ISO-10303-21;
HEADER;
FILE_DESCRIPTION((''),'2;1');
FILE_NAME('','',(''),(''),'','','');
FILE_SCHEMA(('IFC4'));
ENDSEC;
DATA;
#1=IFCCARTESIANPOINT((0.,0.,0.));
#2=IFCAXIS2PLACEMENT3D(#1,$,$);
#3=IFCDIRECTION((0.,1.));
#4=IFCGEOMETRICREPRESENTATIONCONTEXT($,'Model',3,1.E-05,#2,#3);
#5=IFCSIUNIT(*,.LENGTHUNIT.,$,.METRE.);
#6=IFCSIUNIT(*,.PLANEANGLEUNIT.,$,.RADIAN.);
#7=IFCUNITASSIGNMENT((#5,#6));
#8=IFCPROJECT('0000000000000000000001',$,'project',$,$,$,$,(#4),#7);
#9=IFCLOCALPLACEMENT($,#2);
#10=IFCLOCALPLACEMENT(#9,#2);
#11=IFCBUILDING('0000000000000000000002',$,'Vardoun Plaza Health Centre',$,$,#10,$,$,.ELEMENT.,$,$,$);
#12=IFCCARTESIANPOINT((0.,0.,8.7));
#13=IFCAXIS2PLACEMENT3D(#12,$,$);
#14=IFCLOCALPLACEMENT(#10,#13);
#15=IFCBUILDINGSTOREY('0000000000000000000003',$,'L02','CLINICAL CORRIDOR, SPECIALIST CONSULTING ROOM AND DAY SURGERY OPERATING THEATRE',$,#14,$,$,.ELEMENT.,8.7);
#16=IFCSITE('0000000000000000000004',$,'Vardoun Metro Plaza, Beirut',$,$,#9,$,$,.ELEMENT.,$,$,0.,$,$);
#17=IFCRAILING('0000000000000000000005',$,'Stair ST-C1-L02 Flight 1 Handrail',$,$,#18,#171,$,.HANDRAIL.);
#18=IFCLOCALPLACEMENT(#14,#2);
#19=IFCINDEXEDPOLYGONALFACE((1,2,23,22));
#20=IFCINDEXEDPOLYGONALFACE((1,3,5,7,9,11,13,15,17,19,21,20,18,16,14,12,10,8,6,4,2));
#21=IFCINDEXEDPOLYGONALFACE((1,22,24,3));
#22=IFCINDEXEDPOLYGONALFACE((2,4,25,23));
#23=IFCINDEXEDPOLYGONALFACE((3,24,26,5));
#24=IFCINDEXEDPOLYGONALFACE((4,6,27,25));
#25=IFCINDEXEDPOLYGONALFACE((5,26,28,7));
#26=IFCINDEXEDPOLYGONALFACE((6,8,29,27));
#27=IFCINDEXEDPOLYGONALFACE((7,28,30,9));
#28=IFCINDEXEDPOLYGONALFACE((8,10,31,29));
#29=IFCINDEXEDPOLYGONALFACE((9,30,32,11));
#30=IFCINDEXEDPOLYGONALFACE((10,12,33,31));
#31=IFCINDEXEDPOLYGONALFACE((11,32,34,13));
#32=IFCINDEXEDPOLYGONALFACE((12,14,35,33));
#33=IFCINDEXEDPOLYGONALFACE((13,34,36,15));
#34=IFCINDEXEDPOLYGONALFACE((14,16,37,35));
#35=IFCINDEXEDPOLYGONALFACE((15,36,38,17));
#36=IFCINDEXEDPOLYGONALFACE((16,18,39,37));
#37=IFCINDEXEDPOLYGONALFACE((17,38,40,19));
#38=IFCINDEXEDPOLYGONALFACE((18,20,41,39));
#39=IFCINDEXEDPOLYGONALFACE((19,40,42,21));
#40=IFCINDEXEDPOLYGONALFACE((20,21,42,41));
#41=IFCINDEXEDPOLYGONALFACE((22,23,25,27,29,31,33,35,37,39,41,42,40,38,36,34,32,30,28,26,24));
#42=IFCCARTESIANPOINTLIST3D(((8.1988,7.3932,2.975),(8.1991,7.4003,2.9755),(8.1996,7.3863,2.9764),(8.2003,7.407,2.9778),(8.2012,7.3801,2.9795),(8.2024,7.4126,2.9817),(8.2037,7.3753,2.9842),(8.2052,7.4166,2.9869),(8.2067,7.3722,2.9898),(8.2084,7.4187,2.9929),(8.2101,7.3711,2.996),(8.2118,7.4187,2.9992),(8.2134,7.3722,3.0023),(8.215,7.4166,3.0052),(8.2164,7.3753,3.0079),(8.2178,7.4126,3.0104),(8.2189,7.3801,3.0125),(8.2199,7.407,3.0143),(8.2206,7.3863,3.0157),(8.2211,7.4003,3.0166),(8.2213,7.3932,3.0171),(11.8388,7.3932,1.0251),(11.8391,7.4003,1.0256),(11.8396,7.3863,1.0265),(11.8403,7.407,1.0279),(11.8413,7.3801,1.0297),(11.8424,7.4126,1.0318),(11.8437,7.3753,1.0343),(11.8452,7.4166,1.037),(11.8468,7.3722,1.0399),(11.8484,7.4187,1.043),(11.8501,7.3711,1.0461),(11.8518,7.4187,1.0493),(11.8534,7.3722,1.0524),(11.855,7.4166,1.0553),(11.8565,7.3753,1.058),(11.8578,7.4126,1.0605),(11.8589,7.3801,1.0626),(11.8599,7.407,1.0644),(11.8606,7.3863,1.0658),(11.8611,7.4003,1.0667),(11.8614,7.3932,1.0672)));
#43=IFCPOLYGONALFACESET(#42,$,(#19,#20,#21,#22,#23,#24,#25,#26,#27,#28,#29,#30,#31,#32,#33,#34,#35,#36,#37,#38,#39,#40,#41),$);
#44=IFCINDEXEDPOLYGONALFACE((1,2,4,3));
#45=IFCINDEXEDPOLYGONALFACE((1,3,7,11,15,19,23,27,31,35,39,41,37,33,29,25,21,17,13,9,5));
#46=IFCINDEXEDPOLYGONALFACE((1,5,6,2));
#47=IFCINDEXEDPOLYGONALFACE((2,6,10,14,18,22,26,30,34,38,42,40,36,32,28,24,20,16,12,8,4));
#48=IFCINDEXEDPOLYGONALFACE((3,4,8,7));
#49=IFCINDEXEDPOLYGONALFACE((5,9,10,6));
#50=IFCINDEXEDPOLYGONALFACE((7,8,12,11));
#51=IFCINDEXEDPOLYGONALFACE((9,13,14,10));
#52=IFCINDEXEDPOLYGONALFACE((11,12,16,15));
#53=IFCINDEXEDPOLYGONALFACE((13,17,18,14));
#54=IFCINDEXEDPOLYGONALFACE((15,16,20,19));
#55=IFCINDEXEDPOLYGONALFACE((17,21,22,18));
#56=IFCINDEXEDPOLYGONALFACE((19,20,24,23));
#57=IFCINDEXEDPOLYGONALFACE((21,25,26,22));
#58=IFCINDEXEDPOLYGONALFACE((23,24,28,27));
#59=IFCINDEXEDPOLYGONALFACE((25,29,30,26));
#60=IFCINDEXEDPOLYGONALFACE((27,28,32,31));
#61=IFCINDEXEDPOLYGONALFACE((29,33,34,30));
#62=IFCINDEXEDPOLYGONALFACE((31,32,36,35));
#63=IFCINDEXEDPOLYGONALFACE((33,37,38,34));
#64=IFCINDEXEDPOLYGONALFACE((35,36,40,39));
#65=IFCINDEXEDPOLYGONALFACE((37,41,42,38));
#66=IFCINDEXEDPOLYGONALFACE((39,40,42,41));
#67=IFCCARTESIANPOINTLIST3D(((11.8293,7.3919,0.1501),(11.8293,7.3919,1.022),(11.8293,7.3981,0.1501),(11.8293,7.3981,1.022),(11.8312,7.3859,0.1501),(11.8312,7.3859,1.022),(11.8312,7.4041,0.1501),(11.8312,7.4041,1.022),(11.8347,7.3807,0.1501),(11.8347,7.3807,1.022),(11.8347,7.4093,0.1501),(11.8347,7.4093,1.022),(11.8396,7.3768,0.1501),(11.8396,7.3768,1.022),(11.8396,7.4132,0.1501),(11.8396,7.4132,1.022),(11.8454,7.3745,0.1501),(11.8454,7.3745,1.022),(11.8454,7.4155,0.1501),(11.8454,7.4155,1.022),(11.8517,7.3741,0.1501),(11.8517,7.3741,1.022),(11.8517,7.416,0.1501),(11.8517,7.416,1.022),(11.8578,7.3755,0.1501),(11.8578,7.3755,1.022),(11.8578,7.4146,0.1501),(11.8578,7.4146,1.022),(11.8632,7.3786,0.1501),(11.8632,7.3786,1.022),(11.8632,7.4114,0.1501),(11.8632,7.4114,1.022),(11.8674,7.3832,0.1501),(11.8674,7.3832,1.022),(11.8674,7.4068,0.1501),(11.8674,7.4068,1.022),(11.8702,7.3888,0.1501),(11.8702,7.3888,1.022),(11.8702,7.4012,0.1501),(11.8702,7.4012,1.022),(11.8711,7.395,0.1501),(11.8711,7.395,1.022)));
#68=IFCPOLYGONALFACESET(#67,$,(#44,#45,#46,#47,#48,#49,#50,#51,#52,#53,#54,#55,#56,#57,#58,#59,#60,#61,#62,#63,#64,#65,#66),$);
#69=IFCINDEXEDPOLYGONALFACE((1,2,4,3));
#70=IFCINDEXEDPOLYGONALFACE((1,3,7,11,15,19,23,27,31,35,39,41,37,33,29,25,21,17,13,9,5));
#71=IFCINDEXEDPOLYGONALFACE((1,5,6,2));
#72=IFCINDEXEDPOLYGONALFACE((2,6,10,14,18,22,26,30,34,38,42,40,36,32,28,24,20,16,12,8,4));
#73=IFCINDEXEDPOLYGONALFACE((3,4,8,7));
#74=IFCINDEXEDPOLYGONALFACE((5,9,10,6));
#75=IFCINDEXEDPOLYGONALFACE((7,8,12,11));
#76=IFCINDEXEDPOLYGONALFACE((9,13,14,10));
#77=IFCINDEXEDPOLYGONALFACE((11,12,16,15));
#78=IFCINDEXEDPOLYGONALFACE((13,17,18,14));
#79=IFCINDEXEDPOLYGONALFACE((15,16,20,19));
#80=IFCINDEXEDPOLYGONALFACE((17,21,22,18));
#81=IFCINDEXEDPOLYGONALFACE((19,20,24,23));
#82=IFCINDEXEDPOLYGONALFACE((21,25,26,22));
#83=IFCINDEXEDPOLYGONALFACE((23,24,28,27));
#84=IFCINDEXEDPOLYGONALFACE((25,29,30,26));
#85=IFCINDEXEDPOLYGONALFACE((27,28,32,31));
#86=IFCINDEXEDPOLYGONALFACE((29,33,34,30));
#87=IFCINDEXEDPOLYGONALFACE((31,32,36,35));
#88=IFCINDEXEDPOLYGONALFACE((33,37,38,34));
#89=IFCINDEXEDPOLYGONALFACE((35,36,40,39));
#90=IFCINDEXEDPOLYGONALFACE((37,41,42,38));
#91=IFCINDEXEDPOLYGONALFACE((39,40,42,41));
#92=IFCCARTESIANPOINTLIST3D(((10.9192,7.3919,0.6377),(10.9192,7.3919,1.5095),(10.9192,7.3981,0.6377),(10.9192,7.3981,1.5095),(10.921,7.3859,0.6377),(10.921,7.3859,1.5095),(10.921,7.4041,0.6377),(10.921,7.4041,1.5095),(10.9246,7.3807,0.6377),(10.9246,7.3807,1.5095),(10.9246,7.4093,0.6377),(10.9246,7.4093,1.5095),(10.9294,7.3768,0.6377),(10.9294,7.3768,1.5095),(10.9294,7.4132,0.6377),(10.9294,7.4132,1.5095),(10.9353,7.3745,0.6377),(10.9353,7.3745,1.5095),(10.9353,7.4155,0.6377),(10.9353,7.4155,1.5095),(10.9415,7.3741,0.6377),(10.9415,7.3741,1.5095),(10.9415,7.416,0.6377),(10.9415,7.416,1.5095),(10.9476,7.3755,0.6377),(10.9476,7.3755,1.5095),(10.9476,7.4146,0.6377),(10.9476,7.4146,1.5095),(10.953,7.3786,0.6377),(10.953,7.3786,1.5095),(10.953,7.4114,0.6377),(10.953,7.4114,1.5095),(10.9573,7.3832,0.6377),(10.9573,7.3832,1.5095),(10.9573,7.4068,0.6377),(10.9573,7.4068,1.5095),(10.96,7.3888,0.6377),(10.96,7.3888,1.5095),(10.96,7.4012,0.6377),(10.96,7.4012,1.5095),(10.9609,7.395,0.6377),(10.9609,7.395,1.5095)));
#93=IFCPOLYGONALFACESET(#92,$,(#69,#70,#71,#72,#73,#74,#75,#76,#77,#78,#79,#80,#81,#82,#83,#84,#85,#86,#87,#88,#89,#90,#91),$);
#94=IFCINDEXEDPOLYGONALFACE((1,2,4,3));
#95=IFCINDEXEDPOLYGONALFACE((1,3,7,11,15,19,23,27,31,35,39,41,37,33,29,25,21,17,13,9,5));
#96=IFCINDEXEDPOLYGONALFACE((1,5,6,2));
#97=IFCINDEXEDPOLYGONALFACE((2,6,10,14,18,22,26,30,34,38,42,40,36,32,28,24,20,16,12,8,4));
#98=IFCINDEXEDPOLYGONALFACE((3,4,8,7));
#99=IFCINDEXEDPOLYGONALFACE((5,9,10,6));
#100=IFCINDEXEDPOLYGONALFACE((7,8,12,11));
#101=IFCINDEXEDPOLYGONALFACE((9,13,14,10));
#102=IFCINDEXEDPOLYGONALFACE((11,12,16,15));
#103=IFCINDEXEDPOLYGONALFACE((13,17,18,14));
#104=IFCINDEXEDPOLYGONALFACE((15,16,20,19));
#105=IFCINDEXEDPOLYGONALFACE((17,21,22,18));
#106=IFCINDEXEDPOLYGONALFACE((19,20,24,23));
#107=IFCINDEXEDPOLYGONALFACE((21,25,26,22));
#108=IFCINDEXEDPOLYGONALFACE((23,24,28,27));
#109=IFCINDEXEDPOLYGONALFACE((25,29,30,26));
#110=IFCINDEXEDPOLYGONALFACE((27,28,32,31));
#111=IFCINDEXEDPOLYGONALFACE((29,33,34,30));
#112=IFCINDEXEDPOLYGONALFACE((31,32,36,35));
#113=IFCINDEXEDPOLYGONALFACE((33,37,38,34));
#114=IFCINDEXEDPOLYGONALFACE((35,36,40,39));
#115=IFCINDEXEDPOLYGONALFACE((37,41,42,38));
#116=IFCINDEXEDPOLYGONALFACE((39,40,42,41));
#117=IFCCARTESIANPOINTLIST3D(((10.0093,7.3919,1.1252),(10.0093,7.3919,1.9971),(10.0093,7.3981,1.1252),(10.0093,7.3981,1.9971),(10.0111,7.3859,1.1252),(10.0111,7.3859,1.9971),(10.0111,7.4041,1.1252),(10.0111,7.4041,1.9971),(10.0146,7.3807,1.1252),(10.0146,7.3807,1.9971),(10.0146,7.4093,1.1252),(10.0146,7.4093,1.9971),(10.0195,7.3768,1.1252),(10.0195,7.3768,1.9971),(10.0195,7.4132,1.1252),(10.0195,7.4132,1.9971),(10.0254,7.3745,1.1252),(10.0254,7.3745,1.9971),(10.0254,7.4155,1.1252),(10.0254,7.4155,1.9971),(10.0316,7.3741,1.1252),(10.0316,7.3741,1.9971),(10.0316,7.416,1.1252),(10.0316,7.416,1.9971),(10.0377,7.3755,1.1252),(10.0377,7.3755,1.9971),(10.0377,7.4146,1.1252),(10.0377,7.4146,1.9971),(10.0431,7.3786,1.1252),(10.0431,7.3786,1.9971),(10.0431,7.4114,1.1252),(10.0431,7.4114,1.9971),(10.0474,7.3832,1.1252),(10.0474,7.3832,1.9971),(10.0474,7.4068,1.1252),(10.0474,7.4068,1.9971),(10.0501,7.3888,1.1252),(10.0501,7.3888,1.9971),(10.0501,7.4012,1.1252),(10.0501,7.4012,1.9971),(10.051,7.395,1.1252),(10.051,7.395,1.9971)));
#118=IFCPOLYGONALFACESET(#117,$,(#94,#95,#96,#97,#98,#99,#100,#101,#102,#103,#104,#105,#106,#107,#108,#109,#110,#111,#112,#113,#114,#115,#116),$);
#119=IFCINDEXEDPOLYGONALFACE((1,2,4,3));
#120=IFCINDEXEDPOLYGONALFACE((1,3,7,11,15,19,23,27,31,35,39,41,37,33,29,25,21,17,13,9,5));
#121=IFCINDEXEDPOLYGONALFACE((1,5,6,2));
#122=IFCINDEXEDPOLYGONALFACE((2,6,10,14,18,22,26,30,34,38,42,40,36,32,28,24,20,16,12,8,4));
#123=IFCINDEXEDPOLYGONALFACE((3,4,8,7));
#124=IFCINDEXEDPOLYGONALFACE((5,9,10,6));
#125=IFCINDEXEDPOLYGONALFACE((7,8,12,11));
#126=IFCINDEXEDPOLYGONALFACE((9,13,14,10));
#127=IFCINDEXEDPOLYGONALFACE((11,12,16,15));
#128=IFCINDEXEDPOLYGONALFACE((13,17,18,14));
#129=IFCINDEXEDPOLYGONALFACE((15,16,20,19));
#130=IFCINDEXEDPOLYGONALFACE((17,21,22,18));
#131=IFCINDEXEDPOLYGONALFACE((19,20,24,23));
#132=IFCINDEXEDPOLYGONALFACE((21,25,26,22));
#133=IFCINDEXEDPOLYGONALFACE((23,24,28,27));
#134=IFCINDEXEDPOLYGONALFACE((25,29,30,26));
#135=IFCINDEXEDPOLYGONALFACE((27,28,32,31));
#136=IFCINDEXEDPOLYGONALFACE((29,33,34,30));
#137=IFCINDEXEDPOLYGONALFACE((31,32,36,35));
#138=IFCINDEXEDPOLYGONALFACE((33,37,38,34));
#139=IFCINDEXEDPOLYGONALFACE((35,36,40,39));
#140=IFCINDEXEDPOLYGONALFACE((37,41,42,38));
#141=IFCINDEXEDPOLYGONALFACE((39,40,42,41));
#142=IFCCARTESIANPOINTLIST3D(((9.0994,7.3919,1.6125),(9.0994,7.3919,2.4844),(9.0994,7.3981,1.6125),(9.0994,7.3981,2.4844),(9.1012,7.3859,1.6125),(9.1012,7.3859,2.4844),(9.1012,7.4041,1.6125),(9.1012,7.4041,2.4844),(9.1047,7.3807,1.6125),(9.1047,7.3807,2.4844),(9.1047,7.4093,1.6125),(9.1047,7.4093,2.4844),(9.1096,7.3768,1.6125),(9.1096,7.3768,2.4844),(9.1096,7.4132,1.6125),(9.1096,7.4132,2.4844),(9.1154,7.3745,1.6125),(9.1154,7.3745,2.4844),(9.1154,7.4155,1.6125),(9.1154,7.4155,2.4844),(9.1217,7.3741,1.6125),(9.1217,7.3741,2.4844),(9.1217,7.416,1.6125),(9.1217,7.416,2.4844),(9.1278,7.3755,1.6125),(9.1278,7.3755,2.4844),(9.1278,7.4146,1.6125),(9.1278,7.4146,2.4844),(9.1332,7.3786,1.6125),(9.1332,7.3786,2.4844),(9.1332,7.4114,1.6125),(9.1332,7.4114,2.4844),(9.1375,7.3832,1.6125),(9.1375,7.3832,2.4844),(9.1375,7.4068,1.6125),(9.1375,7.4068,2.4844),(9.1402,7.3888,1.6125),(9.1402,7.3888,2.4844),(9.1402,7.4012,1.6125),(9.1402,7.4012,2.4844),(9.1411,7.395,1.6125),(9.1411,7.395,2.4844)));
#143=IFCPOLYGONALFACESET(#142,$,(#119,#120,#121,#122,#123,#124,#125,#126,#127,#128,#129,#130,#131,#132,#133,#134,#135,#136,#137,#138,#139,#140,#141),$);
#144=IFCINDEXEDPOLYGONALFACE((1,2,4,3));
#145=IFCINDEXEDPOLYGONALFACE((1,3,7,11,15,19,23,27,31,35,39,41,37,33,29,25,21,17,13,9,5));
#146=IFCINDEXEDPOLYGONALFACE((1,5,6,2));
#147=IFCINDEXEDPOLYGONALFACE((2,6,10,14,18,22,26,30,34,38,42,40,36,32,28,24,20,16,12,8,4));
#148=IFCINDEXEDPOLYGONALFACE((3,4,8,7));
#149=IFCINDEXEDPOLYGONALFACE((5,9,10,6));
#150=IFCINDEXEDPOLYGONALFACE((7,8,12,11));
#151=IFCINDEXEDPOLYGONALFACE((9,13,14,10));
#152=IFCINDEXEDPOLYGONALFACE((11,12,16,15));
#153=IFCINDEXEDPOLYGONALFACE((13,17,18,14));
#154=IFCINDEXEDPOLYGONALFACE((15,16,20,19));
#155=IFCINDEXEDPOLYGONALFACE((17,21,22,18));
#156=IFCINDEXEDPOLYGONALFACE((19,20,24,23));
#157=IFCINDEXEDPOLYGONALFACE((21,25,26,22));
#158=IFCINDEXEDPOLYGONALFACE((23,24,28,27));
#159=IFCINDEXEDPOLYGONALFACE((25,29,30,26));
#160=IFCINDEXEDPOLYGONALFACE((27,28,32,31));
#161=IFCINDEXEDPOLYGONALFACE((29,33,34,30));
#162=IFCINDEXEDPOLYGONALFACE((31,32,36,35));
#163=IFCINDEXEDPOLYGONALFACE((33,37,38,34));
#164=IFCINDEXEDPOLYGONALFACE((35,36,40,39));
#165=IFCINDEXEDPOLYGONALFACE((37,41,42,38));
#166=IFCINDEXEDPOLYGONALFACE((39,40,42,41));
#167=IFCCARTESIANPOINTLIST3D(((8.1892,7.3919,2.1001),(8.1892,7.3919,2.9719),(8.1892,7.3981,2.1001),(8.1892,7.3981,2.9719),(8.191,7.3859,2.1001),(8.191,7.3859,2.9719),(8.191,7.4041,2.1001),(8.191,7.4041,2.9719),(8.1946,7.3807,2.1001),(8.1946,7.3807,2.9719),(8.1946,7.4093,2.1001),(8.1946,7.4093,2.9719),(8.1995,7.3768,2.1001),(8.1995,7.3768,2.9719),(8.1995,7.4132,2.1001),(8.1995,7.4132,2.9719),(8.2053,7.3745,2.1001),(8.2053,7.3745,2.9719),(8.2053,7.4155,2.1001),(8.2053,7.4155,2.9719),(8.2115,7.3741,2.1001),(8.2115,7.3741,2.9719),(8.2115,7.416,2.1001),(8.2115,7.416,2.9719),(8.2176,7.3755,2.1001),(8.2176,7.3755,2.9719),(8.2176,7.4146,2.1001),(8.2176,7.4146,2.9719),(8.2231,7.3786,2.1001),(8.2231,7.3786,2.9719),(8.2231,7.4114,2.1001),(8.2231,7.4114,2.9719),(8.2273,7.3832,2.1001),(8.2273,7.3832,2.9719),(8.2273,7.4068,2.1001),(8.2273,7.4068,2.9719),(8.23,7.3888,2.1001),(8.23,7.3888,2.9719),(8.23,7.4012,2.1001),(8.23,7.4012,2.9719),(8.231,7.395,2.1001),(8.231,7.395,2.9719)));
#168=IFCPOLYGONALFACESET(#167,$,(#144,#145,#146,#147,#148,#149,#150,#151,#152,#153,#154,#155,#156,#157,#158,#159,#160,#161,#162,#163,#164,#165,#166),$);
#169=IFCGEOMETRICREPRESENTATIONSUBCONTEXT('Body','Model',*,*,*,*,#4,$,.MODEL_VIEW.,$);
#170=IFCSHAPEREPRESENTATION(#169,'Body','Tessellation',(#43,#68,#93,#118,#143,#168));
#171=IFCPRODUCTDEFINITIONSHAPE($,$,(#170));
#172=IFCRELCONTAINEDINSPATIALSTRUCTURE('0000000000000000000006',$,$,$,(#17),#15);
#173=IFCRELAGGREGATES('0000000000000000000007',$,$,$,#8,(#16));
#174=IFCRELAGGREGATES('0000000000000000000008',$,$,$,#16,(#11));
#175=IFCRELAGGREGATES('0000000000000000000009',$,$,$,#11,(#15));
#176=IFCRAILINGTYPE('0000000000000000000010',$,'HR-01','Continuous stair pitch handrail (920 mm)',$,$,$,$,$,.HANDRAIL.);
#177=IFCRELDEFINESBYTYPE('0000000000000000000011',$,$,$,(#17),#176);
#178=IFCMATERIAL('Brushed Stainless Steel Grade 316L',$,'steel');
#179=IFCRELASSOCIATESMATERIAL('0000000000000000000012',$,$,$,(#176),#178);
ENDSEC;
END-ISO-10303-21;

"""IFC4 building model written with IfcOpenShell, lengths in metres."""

from ifc_helpers import new_model, si_unit, direction, frame, origin, origin_2d, place, context, subcontext, project, spatial, circle, extrude, material, type_object, element, save


model = new_model("IFC4")

# Units and contexts
model_context = context("Model", 3, precision=1e-05, world=origin(), true_north=direction((0.0, 1.0)))
body_context = subcontext(model_context, "Body", "Model", "MODEL_VIEW")
ifc_project = project(units=[si_unit("LENGTHUNIT", "METRE"), si_unit("PLANEANGLEUNIT", "RADIAN")], contexts=[model_context])

# Site, building, storey
site_placement = place(None, origin())
site = spatial("IfcSite", under=ifc_project, at=site_placement, Name="Vardoun Metro Plaza, Beirut", CompositionType="ELEMENT", RefElevation=0.0)
building_placement = place(site_placement, origin())
building = spatial("IfcBuilding", under=site, at=building_placement, Name="Vardoun Plaza Health Centre", CompositionType="ELEMENT")
storey_placement = place(building_placement, frame((0.0, 0.0, 8.7)))
storey = spatial("IfcBuildingStorey", under=building, at=storey_placement, Name="L02", Description="CLINICAL CORRIDOR, SPECIALIST CONSULTING ROOM AND DAY SURGERY OPERATING THEATRE", CompositionType="ELEMENT", Elevation=8.7)

# Railing
ifc_material_1 = material(Name="Brushed Stainless Steel Grade 316L", Category="steel")
railing_type_1 = type_object("IfcRailingType", Name="HR-01", Description="Continuous stair pitch handrail (920 mm)", PredefinedType="HANDRAIL", material=ifc_material_1)
railing_1_placement = place(storey_placement, frame((11.8501, 7.395, 0.1501)))
element("IfcRailing", 1, at=railing_1_placement, inside=storey, type_object=railing_type_1, Name="Stair ST-C1-L02 Flight 1 Handrail", PredefinedType="HANDRAIL", context=body_context, shape_type="SweptSolid", body=[
    extrude(circle(Radius=0.0239, at=origin_2d()), frame((0.0, 0.0, 0.896), z_axis=(-0.881492, 0.0, 0.472198), x_axis=(0.0, -1.0, 0.0)), (0.0, 0.0, 1.0), 4.1294),
    extrude(circle(Radius=0.021, at=origin_2d()), origin(), (0.0, 0.0, 1.0), 0.8718),
    extrude(circle(Radius=0.021, at=origin_2d()), frame((-0.9102, 0.0, 0.4875)), (0.0, 0.0, 1.0), 0.8718),
    extrude(circle(Radius=0.021, at=origin_2d()), frame((-1.8201, 0.0, 0.9751)), (0.0, 0.0, 1.0), 0.8718),
    extrude(circle(Radius=0.021, at=origin_2d()), frame((-2.73, 0.0, 1.4624)), (0.0, 0.0, 1.0), 0.8718),
    extrude(circle(Radius=0.021, at=origin_2d()), frame((-3.6401, 0.0, 1.95)), (0.0, 0.0, 1.0), 0.8718),
])

save(model, "model.ifc")
